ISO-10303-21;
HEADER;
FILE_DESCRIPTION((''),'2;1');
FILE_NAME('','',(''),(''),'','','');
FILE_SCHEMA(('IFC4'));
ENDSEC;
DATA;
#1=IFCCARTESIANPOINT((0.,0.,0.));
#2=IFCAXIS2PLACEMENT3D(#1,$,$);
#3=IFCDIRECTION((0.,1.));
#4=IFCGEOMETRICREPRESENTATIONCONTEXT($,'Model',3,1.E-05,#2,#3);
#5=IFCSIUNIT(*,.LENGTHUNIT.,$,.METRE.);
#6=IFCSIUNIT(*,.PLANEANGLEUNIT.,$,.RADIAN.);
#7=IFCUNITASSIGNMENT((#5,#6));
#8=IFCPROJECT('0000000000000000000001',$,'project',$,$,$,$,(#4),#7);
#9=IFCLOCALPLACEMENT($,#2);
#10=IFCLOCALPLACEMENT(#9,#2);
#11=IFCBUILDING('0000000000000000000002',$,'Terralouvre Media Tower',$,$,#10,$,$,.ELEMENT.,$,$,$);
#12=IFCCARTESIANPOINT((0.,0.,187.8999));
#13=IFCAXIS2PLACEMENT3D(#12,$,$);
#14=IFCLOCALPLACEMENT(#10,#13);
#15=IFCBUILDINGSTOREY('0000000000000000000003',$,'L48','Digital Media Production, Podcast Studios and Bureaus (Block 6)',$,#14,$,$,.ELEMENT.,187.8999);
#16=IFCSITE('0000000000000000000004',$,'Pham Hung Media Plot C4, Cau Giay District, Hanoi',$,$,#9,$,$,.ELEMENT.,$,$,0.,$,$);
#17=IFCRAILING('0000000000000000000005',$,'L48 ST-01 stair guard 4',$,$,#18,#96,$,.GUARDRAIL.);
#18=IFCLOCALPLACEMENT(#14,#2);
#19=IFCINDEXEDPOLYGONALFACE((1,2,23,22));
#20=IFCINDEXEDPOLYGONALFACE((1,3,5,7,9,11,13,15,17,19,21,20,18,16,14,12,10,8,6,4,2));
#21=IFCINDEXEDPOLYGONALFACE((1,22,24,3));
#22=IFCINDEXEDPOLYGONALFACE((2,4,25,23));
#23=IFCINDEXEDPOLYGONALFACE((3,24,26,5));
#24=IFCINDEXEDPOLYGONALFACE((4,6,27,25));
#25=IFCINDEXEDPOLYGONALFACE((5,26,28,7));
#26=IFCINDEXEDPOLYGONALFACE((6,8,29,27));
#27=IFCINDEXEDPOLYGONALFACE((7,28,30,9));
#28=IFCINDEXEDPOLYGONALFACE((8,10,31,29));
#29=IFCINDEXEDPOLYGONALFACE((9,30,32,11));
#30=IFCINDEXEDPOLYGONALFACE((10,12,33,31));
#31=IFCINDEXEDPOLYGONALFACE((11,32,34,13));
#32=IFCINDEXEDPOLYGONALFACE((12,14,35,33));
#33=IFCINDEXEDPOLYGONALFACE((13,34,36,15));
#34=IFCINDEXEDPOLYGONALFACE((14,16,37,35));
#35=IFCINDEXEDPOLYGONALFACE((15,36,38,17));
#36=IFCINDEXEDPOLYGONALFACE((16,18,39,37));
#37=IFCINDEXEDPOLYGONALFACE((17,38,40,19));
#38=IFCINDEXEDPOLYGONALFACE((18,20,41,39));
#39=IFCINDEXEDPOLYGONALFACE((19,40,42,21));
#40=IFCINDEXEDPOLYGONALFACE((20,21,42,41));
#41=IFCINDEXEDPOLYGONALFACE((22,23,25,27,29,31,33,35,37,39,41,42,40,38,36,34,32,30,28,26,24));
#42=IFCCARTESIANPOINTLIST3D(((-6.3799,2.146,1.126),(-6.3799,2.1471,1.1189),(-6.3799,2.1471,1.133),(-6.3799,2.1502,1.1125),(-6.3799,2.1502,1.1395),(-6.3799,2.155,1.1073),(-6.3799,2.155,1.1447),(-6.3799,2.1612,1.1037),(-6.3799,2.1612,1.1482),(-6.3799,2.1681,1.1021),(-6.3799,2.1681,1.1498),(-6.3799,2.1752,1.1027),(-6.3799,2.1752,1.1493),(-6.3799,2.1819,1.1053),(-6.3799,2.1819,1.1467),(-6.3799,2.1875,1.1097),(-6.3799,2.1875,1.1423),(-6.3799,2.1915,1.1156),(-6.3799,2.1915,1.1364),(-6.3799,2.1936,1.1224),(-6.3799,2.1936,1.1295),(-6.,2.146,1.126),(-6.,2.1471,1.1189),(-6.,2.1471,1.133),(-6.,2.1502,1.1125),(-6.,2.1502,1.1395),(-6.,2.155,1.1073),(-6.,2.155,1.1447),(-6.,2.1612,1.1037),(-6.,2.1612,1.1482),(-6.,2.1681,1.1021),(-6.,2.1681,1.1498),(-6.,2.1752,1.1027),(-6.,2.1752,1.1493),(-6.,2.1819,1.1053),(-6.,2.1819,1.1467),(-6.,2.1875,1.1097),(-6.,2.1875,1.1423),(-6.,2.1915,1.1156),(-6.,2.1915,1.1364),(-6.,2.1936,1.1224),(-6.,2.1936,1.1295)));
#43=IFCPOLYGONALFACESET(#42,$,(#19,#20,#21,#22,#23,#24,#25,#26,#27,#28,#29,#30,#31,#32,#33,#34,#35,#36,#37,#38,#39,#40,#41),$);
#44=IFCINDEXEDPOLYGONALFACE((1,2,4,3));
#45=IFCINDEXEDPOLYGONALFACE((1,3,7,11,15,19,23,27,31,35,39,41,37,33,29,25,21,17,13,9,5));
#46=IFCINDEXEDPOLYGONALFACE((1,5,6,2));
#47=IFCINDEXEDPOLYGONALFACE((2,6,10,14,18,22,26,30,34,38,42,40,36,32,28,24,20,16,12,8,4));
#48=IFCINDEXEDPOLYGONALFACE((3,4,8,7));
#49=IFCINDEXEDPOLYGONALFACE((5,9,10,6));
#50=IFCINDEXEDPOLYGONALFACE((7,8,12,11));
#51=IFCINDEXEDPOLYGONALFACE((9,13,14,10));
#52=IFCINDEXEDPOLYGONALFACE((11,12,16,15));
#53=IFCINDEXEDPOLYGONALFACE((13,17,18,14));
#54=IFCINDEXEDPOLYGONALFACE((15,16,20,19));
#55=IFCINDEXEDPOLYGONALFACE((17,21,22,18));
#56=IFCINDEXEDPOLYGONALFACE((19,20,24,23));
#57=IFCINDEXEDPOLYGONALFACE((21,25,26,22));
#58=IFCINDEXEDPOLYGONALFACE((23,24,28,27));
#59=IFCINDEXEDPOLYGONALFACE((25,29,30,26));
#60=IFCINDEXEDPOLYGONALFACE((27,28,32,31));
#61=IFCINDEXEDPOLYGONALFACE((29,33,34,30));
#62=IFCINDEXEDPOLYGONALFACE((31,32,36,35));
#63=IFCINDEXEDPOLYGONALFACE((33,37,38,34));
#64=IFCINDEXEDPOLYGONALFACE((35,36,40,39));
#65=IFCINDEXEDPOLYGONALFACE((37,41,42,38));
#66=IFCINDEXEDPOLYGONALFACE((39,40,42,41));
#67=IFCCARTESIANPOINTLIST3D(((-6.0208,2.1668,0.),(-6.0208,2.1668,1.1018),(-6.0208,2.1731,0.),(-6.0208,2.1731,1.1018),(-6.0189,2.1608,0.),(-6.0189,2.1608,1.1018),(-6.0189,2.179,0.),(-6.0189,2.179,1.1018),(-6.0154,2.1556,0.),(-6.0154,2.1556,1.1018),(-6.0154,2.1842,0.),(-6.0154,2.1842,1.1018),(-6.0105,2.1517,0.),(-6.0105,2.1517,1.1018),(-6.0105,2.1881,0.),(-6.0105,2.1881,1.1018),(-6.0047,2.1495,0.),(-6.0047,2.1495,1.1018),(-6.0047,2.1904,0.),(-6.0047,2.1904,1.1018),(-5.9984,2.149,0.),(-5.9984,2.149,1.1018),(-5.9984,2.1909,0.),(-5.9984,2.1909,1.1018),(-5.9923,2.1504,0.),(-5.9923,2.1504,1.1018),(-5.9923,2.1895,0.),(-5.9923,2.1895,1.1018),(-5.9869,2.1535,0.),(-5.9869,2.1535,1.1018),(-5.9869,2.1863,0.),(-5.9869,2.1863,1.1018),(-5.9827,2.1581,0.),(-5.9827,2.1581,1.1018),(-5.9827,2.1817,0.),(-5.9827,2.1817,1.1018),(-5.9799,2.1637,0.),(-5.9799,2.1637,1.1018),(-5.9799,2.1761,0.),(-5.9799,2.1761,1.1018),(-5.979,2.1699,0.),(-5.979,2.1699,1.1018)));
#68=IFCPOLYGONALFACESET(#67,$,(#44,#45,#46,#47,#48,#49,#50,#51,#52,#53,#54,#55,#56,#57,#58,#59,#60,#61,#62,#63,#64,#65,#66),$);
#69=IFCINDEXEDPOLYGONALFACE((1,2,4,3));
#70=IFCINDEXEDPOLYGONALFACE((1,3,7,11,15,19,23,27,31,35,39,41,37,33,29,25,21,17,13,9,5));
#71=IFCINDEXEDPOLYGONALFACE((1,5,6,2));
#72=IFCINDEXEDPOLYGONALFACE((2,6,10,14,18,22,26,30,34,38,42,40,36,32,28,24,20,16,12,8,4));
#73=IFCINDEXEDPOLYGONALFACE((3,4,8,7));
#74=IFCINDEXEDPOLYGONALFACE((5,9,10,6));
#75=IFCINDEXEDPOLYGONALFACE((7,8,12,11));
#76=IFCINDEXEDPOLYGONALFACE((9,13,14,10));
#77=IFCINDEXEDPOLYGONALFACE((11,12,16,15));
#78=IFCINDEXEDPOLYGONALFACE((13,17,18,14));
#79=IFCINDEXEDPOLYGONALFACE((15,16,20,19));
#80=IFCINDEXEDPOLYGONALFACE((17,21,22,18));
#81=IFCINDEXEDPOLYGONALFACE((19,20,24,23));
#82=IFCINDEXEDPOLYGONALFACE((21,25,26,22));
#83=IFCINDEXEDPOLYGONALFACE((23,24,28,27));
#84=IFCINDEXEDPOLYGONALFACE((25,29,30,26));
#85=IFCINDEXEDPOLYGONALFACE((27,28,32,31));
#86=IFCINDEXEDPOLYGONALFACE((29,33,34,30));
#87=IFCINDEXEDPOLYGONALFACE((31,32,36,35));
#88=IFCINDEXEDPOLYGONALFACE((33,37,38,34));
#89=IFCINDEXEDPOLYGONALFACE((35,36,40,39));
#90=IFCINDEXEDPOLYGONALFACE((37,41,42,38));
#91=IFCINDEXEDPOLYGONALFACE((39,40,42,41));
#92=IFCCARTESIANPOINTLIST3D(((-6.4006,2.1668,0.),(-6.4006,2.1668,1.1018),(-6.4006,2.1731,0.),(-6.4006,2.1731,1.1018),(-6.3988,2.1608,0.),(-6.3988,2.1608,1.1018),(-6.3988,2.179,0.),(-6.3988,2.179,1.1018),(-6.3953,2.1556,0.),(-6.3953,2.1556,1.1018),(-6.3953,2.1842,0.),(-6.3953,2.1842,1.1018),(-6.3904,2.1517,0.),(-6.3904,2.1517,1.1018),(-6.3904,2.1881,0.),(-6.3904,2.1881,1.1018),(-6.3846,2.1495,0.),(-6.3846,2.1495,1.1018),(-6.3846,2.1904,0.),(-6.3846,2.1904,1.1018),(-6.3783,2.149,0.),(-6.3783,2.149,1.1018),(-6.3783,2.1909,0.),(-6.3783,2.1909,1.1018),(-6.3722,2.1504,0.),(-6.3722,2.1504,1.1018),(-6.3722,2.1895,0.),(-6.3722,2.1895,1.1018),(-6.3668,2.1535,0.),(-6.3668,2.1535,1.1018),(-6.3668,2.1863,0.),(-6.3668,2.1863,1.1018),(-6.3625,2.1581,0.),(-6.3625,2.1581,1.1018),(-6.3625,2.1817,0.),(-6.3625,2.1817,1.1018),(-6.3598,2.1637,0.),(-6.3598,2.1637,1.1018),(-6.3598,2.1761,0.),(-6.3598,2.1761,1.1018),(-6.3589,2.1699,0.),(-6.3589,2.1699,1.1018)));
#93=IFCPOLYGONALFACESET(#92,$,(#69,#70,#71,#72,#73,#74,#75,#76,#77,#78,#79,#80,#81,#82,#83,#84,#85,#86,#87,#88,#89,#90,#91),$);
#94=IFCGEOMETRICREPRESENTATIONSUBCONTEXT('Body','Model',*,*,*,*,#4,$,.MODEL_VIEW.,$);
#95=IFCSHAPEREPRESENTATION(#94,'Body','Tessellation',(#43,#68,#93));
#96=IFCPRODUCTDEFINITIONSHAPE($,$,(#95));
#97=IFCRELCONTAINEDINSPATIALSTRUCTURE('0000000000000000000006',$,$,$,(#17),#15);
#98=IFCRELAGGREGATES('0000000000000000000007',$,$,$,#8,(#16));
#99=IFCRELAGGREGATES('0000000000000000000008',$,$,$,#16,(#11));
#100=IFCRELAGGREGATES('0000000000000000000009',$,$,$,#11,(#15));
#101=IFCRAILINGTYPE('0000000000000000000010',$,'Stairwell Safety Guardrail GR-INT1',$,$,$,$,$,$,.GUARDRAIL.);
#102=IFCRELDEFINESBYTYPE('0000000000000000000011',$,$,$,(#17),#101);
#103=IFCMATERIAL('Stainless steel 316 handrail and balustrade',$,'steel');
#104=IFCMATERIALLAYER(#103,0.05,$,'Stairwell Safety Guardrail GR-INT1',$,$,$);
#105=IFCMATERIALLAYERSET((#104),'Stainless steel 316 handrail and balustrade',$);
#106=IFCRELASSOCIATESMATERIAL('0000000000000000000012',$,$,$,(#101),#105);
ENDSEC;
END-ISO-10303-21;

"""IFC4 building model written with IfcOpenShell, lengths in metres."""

from ifc_helpers import new_model, si_unit, direction, frame, origin, origin_2d, place, context, subcontext, project, spatial, circle, extrude, material, layer, layer_set, type_object, element, save


model = new_model("IFC4")

# Units and contexts
model_context = context("Model", 3, precision=1e-05, world=origin(), true_north=direction((0.0, 1.0)))
body_context = subcontext(model_context, "Body", "Model", "MODEL_VIEW")
ifc_project = project(units=[si_unit("LENGTHUNIT", "METRE"), si_unit("PLANEANGLEUNIT", "RADIAN")], contexts=[model_context])

# Site, building, storey
site_placement = place(None, origin())
site = spatial("IfcSite", under=ifc_project, at=site_placement, Name="Pham Hung Media Plot C4, Cau Giay District, Hanoi", CompositionType="ELEMENT", RefElevation=0.0)
building_placement = place(site_placement, origin())
building = spatial("IfcBuilding", under=site, at=building_placement, Name="Terralouvre Media Tower", CompositionType="ELEMENT")
storey_placement = place(building_placement, frame((0.0, 0.0, 187.8999)))
storey = spatial("IfcBuildingStorey", under=building, at=storey_placement, Name="L48", Description="Digital Media Production, Podcast Studios and Bureaus (Block 6)", CompositionType="ELEMENT", Elevation=187.8999)

# Railing
ifc_material_1 = material(Name="Stainless steel 316 handrail and balustrade", Category="steel")
ifc_layer_1 = layer(ifc_material_1, 0.05, Name="Stairwell Safety Guardrail GR-INT1")
ifc_layer_set_1 = layer_set([ifc_layer_1], Name="Stainless steel 316 handrail and balustrade")
railing_type_1 = type_object("IfcRailingType", Name="Stairwell Safety Guardrail GR-INT1", PredefinedType="GUARDRAIL", material=ifc_layer_set_1)
railing_1_placement = place(storey_placement, frame((-6.0, 2.1699, 0.0)))
element("IfcRailing", 1, at=railing_1_placement, inside=storey, type_object=railing_type_1, Name="L48 ST-01 stair guard 4", PredefinedType="GUARDRAIL", context=body_context, shape_type="SweptSolid", body=[
    extrude(circle(Radius=0.0239, at=origin_2d()), frame((0.0, 0.0, 1.126), z_axis=(-1.0, 0.0, 0.0), x_axis=(0.0, -1.0, 0.0)), (0.0, 0.0, 1.0), 0.3799),
    extrude(circle(Radius=0.021, at=origin_2d()), origin(), (0.0, 0.0, 1.0), 1.1018),
    extrude(circle(Radius=0.021, at=origin_2d()), frame((-0.3799, 0.0, 0.0)), (0.0, 0.0, 1.0), 1.1018),
])

save(model, "model.ifc")
